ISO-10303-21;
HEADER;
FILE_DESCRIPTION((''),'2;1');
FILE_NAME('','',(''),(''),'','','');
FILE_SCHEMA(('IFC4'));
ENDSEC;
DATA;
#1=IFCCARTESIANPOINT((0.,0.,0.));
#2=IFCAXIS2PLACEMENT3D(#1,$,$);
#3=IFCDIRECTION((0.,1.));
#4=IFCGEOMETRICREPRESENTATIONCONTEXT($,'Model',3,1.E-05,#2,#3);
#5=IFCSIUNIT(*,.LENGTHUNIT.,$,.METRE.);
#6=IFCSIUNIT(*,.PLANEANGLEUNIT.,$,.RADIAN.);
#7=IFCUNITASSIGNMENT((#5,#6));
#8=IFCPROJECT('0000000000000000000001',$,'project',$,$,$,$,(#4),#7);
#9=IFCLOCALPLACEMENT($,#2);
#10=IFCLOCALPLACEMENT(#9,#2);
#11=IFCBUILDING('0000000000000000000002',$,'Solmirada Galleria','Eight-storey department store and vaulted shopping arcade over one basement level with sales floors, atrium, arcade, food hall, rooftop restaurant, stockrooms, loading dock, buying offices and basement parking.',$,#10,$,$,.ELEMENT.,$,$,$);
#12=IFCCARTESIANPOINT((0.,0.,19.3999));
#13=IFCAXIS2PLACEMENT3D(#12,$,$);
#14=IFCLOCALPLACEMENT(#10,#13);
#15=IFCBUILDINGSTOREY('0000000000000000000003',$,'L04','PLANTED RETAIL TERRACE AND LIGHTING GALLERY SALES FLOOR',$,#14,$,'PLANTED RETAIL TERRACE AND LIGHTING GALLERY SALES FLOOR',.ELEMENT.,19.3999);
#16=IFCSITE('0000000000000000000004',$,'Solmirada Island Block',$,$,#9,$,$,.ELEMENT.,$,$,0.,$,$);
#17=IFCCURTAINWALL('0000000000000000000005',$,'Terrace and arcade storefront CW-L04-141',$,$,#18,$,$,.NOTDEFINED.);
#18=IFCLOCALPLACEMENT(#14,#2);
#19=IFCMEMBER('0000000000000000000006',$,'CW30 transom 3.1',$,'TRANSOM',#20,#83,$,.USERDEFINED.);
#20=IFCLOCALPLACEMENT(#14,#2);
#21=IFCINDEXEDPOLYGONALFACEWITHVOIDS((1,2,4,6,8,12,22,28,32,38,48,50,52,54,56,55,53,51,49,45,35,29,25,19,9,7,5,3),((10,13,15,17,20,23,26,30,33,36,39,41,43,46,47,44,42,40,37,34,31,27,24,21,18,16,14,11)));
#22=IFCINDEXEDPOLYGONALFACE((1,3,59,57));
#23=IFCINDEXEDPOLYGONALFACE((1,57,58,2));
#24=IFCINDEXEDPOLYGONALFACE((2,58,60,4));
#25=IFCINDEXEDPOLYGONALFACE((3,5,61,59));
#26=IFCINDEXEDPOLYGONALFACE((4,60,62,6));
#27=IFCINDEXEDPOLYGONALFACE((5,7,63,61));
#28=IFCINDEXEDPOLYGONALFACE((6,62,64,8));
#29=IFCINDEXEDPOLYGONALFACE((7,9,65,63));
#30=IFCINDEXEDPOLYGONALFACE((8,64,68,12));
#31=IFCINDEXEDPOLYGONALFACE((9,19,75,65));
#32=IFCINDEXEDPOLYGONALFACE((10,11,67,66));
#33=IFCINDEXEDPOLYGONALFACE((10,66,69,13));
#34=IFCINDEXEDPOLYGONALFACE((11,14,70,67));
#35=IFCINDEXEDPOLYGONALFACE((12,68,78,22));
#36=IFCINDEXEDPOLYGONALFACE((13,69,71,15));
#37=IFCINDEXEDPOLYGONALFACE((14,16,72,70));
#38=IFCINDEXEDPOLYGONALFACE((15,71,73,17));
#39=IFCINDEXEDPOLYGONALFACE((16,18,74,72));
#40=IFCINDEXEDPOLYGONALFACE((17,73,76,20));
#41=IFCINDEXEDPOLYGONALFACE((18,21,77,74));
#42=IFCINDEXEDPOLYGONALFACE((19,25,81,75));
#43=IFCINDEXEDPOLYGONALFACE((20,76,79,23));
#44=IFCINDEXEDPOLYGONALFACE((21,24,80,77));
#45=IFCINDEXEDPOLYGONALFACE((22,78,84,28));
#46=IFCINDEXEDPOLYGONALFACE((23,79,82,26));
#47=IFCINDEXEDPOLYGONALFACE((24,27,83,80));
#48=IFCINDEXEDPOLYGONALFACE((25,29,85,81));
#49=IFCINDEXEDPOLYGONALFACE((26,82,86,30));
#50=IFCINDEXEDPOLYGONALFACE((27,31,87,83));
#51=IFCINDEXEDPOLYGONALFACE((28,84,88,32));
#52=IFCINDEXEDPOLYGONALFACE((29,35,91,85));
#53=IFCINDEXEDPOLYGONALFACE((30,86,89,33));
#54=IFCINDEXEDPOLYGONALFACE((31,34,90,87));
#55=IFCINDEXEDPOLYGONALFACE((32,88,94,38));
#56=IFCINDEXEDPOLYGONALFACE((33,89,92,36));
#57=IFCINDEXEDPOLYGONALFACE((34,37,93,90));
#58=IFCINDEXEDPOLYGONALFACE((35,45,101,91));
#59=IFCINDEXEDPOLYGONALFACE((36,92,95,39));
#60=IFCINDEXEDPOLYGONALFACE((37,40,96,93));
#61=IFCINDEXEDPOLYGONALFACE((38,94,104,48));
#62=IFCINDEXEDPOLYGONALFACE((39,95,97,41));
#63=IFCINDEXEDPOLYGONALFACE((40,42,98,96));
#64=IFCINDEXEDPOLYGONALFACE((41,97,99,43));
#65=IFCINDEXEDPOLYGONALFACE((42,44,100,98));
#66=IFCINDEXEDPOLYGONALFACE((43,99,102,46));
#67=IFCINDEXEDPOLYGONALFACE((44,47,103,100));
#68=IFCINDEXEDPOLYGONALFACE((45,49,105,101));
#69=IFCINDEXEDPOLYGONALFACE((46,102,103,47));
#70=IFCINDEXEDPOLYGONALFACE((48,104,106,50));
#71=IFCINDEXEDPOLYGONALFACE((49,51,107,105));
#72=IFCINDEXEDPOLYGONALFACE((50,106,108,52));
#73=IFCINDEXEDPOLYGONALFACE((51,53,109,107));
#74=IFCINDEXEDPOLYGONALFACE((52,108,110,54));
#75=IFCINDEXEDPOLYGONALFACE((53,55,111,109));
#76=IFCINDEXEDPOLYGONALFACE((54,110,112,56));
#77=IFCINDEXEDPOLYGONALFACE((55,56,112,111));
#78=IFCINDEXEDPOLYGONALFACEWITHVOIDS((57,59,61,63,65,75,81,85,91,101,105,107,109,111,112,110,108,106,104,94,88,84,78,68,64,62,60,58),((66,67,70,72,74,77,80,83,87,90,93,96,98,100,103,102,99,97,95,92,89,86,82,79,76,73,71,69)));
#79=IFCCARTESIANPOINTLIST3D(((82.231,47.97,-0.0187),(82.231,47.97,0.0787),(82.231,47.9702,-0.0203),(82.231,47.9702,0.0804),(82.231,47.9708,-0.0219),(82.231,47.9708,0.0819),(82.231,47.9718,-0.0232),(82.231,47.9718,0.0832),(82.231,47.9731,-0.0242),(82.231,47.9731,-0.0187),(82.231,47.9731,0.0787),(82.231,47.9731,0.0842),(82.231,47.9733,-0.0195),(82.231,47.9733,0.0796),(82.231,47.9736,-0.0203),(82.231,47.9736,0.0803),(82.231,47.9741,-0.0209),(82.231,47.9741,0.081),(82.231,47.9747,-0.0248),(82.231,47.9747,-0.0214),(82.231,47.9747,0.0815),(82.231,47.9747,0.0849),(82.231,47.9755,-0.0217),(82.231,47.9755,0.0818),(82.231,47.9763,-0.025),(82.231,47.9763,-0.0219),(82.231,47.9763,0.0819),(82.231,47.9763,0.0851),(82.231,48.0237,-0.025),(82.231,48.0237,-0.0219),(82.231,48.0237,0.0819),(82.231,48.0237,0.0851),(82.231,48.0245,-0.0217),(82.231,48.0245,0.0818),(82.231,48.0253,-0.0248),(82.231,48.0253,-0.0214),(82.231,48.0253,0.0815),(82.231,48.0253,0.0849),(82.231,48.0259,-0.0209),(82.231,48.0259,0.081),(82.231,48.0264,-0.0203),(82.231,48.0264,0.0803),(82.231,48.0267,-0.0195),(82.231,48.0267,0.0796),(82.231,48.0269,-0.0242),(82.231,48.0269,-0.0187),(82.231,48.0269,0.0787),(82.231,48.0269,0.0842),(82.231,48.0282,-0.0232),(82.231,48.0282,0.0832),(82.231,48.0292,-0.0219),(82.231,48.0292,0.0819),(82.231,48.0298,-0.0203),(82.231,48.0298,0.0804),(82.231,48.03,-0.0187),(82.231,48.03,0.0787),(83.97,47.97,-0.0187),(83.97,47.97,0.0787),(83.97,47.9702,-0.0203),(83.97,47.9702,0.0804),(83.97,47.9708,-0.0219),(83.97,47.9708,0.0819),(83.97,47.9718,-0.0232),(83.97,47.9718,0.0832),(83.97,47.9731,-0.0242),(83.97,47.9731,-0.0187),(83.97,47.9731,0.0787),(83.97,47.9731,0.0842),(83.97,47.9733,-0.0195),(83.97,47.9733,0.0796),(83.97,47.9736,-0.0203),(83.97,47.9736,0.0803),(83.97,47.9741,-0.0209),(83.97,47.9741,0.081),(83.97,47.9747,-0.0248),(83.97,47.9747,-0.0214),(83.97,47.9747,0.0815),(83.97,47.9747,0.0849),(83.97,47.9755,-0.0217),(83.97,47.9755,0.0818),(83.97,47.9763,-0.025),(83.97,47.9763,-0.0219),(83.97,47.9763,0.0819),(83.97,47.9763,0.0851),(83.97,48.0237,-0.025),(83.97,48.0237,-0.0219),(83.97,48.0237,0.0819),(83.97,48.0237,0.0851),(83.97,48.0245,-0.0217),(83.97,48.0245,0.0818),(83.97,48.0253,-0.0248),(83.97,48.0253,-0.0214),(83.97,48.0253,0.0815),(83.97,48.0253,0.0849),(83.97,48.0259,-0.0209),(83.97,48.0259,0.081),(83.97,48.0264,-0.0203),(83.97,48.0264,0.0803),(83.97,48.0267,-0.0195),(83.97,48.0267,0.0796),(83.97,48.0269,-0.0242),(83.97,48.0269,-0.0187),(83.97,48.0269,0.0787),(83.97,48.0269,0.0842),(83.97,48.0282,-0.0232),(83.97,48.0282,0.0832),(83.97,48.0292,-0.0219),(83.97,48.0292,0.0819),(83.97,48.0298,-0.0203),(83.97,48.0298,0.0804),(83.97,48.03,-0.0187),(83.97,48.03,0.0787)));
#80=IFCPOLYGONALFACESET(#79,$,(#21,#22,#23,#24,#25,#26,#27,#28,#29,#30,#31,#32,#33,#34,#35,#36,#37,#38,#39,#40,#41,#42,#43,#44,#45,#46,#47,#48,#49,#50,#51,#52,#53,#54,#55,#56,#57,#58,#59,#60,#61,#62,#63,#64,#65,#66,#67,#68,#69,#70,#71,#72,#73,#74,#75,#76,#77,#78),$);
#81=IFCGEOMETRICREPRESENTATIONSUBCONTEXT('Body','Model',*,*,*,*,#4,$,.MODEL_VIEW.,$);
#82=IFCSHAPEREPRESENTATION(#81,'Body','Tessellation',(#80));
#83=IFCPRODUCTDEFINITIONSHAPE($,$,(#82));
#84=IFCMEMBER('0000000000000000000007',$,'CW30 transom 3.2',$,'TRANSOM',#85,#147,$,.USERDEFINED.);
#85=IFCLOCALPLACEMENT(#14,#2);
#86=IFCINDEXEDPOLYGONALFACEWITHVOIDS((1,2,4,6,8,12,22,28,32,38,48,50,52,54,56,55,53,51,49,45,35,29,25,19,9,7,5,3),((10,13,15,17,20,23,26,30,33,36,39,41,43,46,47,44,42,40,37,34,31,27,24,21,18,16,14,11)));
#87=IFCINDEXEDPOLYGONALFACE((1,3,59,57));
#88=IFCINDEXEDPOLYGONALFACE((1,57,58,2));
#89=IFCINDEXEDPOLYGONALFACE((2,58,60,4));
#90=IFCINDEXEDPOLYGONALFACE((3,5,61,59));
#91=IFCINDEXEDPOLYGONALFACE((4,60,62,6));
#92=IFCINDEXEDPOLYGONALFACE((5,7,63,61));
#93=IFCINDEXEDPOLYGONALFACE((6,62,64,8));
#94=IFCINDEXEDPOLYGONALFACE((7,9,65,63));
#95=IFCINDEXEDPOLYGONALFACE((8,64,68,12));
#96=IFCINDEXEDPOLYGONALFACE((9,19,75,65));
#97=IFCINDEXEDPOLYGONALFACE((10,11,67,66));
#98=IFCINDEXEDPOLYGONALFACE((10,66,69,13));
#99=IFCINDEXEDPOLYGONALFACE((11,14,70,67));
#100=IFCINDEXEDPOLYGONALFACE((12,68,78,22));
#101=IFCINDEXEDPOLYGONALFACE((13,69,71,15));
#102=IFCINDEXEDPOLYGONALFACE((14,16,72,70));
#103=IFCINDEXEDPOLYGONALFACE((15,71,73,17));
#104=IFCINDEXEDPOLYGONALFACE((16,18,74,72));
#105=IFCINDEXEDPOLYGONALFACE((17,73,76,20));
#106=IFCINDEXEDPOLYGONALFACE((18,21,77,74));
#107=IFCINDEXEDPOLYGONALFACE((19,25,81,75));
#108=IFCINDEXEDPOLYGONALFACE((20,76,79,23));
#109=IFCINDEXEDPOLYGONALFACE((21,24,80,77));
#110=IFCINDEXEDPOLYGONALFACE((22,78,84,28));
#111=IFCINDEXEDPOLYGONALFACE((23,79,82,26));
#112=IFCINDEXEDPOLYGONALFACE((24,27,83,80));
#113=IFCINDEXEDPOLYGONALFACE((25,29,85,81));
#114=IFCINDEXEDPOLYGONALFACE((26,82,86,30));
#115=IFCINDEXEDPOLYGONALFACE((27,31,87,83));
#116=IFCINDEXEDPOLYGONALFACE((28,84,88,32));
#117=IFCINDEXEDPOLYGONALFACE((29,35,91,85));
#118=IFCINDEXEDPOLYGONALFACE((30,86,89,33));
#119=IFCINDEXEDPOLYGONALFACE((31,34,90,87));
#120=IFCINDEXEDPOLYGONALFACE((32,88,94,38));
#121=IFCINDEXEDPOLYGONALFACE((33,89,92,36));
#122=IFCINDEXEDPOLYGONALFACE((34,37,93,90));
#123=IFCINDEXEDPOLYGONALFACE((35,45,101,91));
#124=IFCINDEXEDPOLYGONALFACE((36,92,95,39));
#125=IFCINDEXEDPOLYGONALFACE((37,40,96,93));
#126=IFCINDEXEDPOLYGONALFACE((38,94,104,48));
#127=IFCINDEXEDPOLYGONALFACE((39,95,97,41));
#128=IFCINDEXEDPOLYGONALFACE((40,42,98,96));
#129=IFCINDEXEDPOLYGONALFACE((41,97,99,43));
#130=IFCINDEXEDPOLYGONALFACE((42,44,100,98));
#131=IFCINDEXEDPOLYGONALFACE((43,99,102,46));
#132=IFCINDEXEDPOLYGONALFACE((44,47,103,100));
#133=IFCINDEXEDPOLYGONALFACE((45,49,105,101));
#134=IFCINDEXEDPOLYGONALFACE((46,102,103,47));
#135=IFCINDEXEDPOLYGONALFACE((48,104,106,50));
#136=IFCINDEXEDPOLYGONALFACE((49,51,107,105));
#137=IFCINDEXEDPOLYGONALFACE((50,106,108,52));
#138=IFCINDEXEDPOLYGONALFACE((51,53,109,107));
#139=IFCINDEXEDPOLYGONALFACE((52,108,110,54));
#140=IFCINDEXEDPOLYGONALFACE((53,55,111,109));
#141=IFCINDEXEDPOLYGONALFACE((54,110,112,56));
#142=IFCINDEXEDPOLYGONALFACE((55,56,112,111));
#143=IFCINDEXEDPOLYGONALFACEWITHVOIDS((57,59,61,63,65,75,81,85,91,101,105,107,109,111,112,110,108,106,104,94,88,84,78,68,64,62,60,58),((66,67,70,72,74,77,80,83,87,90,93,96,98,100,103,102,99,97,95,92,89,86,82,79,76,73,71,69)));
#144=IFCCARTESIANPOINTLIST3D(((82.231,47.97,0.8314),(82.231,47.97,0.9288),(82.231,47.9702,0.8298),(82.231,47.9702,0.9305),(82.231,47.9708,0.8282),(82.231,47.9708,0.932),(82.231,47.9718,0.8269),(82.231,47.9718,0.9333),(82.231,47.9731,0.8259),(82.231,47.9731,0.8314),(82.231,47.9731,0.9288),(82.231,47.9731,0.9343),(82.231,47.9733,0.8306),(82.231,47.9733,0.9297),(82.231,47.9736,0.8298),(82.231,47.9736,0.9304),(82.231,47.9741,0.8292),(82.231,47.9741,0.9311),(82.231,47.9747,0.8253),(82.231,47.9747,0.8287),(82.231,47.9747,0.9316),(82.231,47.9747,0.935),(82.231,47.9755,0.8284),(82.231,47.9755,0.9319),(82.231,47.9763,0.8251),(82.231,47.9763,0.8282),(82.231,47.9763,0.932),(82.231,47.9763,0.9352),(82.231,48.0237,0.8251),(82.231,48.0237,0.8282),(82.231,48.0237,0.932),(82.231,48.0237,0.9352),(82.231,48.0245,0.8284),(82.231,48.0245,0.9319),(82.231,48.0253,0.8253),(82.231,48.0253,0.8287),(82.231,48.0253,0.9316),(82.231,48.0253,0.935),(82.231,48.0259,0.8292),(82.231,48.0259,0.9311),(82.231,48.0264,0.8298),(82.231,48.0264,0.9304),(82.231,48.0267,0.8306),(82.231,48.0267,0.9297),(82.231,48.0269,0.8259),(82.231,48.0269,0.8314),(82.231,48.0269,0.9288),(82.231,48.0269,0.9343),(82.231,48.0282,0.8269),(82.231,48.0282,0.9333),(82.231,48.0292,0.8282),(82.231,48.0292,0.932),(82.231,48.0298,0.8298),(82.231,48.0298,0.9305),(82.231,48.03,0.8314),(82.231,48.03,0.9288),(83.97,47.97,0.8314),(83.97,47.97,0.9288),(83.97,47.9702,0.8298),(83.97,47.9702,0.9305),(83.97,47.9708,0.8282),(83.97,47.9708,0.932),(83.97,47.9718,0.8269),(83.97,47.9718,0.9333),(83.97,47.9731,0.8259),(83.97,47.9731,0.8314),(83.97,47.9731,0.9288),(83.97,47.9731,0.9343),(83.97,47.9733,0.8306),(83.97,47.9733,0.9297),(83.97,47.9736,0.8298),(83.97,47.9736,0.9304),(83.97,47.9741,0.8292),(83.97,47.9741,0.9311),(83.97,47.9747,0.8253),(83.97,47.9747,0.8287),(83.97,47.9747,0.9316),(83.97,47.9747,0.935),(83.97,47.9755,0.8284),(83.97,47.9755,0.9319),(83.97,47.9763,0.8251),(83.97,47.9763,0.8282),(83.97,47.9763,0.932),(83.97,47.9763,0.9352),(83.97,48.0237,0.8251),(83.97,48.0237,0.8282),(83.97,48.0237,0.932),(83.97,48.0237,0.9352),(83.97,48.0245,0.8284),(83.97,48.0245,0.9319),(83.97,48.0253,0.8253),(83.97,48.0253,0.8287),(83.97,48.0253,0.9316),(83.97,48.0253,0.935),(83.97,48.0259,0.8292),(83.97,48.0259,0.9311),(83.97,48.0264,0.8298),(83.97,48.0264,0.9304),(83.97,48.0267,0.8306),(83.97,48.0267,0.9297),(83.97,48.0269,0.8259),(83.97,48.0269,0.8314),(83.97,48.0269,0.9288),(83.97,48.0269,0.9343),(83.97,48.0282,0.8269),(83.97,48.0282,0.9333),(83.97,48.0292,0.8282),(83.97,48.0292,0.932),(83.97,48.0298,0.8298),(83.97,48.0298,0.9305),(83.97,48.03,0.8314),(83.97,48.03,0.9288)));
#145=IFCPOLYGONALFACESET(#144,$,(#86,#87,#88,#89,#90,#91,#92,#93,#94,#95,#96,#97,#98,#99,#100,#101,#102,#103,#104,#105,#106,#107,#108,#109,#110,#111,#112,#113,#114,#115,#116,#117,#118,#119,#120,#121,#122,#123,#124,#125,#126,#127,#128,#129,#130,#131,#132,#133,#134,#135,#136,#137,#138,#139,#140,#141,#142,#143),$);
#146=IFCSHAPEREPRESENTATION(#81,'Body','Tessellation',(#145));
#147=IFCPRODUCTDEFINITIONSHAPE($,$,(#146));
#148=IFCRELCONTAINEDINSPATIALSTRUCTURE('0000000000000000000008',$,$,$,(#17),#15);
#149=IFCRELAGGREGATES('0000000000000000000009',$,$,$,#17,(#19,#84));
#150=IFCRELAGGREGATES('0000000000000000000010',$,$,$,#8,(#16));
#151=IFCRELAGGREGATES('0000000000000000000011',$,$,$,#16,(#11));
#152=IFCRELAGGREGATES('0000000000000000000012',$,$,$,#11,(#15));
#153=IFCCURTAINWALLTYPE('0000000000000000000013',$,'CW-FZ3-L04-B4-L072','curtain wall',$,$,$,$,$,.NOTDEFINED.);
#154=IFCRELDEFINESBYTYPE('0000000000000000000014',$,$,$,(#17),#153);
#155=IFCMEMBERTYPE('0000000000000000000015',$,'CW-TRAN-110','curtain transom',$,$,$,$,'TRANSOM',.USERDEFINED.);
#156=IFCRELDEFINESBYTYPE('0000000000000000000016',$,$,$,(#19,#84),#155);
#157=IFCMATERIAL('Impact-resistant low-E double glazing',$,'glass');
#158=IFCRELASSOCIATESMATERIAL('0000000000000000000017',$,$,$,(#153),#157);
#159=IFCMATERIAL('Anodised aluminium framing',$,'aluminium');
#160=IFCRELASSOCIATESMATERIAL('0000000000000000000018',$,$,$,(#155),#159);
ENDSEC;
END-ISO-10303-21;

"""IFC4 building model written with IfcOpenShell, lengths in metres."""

from ifc_helpers import new_model, si_unit, direction, frame, origin, origin_2d, place, context, subcontext, project, spatial, hollow_rectangle, extrude, material, material_profile, profile_set, type_object, element, aggregate, save


model = new_model("IFC4")

# Units and contexts
model_context = context("Model", 3, precision=1e-05, world=origin(), true_north=direction((0.0, 1.0)))
body_context = subcontext(model_context, "Body", "Model", "MODEL_VIEW")
ifc_project = project(units=[si_unit("LENGTHUNIT", "METRE"), si_unit("PLANEANGLEUNIT", "RADIAN")], contexts=[model_context])

# Site, building, storey
site_placement = place(None, origin())
site = spatial("IfcSite", under=ifc_project, at=site_placement, Name="Solmirada Island Block", CompositionType="ELEMENT", RefElevation=0.0)
building_placement = place(site_placement, origin())
building = spatial("IfcBuilding", under=site, at=building_placement, Name="Solmirada Galleria", Description="Eight-storey department store and vaulted shopping arcade over one basement level with sales floors, atrium, arcade, food hall, rooftop restaurant, stockrooms, loading dock, buying offices and basement parking.", CompositionType="ELEMENT")
storey_placement = place(building_placement, frame((0.0, 0.0, 19.3999)))
storey = spatial("IfcBuildingStorey", under=building, at=storey_placement, Name="L04", Description="PLANTED RETAIL TERRACE AND LIGHTING GALLERY SALES FLOOR", LongName="PLANTED RETAIL TERRACE AND LIGHTING GALLERY SALES FLOOR", CompositionType="ELEMENT", Elevation=19.3999)

# Curtain wall, members
ifc_material_1 = material(Name="Impact-resistant low-E double glazing", Category="glass")
curtain_wall_type = type_object("IfcCurtainWallType", Name="CW-FZ3-L04-B4-L072", Description="curtain wall", PredefinedType="NOTDEFINED", material=ifc_material_1)
curtain_wall_placement = place(storey_placement, origin())
curtain_wall = element("IfcCurtainWall", 1, at=curtain_wall_placement, inside=storey, type_object=curtain_wall_type, Name="Terrace and arcade storefront CW-L04-141", PredefinedType="NOTDEFINED")
ifc_material_2 = material(Name="Anodised aluminium framing", Category="aluminium")
ifc_material_profile_1 = material_profile(ifc_material_2, hollow_rectangle(XDim=0.0601, YDim=0.1101, WallThickness=0.0032, InnerFilletRadius=0.0032, OuterFilletRadius=0.0063, at=origin_2d()), Name="ALU-TRAN-110X60")
ifc_profile_set_1 = profile_set([ifc_material_profile_1], Name="Anodised aluminium framing")
member_type_1 = type_object("IfcMemberType", Name="CW-TRAN-110", Description="curtain transom", ElementType="TRANSOM", PredefinedType="USERDEFINED", material=ifc_profile_set_1)
member_1_placement = place(storey_placement, frame((83.97, 48.0, 0.03), z_axis=(-1.0, 0.0, 0.0), x_axis=(0.0, -1.0, 0.0)))
member_1 = element("IfcMember", 2, at=member_1_placement, type_object=member_type_1, Name="CW30 transom 3.1", ObjectType="TRANSOM", PredefinedType="USERDEFINED", context=body_context, shape_type="SweptSolid", body=[
    extrude(hollow_rectangle(XDim=0.0601, YDim=0.1101, WallThickness=0.0032, InnerFilletRadius=0.0032, OuterFilletRadius=0.0063, at=origin_2d()), origin(), (0.0, 0.0, 1.0), 1.739),
])
member_2_placement = place(storey_placement, frame((83.97, 48.0, 0.8801), z_axis=(-1.0, 0.0, 0.0), x_axis=(0.0, -1.0, 0.0)))
member_2 = element("IfcMember", 3, at=member_2_placement, type_object=member_type_1, Name="CW30 transom 3.2", ObjectType="TRANSOM", PredefinedType="USERDEFINED", context=body_context, shape_type="SweptSolid", body=[
    extrude(hollow_rectangle(XDim=0.0601, YDim=0.1101, WallThickness=0.0032, InnerFilletRadius=0.0032, OuterFilletRadius=0.0063, at=origin_2d()), origin(), (0.0, 0.0, 1.0), 1.739),
])
aggregate(curtain_wall, [member_1, member_2])

save(model, "model.ifc")
